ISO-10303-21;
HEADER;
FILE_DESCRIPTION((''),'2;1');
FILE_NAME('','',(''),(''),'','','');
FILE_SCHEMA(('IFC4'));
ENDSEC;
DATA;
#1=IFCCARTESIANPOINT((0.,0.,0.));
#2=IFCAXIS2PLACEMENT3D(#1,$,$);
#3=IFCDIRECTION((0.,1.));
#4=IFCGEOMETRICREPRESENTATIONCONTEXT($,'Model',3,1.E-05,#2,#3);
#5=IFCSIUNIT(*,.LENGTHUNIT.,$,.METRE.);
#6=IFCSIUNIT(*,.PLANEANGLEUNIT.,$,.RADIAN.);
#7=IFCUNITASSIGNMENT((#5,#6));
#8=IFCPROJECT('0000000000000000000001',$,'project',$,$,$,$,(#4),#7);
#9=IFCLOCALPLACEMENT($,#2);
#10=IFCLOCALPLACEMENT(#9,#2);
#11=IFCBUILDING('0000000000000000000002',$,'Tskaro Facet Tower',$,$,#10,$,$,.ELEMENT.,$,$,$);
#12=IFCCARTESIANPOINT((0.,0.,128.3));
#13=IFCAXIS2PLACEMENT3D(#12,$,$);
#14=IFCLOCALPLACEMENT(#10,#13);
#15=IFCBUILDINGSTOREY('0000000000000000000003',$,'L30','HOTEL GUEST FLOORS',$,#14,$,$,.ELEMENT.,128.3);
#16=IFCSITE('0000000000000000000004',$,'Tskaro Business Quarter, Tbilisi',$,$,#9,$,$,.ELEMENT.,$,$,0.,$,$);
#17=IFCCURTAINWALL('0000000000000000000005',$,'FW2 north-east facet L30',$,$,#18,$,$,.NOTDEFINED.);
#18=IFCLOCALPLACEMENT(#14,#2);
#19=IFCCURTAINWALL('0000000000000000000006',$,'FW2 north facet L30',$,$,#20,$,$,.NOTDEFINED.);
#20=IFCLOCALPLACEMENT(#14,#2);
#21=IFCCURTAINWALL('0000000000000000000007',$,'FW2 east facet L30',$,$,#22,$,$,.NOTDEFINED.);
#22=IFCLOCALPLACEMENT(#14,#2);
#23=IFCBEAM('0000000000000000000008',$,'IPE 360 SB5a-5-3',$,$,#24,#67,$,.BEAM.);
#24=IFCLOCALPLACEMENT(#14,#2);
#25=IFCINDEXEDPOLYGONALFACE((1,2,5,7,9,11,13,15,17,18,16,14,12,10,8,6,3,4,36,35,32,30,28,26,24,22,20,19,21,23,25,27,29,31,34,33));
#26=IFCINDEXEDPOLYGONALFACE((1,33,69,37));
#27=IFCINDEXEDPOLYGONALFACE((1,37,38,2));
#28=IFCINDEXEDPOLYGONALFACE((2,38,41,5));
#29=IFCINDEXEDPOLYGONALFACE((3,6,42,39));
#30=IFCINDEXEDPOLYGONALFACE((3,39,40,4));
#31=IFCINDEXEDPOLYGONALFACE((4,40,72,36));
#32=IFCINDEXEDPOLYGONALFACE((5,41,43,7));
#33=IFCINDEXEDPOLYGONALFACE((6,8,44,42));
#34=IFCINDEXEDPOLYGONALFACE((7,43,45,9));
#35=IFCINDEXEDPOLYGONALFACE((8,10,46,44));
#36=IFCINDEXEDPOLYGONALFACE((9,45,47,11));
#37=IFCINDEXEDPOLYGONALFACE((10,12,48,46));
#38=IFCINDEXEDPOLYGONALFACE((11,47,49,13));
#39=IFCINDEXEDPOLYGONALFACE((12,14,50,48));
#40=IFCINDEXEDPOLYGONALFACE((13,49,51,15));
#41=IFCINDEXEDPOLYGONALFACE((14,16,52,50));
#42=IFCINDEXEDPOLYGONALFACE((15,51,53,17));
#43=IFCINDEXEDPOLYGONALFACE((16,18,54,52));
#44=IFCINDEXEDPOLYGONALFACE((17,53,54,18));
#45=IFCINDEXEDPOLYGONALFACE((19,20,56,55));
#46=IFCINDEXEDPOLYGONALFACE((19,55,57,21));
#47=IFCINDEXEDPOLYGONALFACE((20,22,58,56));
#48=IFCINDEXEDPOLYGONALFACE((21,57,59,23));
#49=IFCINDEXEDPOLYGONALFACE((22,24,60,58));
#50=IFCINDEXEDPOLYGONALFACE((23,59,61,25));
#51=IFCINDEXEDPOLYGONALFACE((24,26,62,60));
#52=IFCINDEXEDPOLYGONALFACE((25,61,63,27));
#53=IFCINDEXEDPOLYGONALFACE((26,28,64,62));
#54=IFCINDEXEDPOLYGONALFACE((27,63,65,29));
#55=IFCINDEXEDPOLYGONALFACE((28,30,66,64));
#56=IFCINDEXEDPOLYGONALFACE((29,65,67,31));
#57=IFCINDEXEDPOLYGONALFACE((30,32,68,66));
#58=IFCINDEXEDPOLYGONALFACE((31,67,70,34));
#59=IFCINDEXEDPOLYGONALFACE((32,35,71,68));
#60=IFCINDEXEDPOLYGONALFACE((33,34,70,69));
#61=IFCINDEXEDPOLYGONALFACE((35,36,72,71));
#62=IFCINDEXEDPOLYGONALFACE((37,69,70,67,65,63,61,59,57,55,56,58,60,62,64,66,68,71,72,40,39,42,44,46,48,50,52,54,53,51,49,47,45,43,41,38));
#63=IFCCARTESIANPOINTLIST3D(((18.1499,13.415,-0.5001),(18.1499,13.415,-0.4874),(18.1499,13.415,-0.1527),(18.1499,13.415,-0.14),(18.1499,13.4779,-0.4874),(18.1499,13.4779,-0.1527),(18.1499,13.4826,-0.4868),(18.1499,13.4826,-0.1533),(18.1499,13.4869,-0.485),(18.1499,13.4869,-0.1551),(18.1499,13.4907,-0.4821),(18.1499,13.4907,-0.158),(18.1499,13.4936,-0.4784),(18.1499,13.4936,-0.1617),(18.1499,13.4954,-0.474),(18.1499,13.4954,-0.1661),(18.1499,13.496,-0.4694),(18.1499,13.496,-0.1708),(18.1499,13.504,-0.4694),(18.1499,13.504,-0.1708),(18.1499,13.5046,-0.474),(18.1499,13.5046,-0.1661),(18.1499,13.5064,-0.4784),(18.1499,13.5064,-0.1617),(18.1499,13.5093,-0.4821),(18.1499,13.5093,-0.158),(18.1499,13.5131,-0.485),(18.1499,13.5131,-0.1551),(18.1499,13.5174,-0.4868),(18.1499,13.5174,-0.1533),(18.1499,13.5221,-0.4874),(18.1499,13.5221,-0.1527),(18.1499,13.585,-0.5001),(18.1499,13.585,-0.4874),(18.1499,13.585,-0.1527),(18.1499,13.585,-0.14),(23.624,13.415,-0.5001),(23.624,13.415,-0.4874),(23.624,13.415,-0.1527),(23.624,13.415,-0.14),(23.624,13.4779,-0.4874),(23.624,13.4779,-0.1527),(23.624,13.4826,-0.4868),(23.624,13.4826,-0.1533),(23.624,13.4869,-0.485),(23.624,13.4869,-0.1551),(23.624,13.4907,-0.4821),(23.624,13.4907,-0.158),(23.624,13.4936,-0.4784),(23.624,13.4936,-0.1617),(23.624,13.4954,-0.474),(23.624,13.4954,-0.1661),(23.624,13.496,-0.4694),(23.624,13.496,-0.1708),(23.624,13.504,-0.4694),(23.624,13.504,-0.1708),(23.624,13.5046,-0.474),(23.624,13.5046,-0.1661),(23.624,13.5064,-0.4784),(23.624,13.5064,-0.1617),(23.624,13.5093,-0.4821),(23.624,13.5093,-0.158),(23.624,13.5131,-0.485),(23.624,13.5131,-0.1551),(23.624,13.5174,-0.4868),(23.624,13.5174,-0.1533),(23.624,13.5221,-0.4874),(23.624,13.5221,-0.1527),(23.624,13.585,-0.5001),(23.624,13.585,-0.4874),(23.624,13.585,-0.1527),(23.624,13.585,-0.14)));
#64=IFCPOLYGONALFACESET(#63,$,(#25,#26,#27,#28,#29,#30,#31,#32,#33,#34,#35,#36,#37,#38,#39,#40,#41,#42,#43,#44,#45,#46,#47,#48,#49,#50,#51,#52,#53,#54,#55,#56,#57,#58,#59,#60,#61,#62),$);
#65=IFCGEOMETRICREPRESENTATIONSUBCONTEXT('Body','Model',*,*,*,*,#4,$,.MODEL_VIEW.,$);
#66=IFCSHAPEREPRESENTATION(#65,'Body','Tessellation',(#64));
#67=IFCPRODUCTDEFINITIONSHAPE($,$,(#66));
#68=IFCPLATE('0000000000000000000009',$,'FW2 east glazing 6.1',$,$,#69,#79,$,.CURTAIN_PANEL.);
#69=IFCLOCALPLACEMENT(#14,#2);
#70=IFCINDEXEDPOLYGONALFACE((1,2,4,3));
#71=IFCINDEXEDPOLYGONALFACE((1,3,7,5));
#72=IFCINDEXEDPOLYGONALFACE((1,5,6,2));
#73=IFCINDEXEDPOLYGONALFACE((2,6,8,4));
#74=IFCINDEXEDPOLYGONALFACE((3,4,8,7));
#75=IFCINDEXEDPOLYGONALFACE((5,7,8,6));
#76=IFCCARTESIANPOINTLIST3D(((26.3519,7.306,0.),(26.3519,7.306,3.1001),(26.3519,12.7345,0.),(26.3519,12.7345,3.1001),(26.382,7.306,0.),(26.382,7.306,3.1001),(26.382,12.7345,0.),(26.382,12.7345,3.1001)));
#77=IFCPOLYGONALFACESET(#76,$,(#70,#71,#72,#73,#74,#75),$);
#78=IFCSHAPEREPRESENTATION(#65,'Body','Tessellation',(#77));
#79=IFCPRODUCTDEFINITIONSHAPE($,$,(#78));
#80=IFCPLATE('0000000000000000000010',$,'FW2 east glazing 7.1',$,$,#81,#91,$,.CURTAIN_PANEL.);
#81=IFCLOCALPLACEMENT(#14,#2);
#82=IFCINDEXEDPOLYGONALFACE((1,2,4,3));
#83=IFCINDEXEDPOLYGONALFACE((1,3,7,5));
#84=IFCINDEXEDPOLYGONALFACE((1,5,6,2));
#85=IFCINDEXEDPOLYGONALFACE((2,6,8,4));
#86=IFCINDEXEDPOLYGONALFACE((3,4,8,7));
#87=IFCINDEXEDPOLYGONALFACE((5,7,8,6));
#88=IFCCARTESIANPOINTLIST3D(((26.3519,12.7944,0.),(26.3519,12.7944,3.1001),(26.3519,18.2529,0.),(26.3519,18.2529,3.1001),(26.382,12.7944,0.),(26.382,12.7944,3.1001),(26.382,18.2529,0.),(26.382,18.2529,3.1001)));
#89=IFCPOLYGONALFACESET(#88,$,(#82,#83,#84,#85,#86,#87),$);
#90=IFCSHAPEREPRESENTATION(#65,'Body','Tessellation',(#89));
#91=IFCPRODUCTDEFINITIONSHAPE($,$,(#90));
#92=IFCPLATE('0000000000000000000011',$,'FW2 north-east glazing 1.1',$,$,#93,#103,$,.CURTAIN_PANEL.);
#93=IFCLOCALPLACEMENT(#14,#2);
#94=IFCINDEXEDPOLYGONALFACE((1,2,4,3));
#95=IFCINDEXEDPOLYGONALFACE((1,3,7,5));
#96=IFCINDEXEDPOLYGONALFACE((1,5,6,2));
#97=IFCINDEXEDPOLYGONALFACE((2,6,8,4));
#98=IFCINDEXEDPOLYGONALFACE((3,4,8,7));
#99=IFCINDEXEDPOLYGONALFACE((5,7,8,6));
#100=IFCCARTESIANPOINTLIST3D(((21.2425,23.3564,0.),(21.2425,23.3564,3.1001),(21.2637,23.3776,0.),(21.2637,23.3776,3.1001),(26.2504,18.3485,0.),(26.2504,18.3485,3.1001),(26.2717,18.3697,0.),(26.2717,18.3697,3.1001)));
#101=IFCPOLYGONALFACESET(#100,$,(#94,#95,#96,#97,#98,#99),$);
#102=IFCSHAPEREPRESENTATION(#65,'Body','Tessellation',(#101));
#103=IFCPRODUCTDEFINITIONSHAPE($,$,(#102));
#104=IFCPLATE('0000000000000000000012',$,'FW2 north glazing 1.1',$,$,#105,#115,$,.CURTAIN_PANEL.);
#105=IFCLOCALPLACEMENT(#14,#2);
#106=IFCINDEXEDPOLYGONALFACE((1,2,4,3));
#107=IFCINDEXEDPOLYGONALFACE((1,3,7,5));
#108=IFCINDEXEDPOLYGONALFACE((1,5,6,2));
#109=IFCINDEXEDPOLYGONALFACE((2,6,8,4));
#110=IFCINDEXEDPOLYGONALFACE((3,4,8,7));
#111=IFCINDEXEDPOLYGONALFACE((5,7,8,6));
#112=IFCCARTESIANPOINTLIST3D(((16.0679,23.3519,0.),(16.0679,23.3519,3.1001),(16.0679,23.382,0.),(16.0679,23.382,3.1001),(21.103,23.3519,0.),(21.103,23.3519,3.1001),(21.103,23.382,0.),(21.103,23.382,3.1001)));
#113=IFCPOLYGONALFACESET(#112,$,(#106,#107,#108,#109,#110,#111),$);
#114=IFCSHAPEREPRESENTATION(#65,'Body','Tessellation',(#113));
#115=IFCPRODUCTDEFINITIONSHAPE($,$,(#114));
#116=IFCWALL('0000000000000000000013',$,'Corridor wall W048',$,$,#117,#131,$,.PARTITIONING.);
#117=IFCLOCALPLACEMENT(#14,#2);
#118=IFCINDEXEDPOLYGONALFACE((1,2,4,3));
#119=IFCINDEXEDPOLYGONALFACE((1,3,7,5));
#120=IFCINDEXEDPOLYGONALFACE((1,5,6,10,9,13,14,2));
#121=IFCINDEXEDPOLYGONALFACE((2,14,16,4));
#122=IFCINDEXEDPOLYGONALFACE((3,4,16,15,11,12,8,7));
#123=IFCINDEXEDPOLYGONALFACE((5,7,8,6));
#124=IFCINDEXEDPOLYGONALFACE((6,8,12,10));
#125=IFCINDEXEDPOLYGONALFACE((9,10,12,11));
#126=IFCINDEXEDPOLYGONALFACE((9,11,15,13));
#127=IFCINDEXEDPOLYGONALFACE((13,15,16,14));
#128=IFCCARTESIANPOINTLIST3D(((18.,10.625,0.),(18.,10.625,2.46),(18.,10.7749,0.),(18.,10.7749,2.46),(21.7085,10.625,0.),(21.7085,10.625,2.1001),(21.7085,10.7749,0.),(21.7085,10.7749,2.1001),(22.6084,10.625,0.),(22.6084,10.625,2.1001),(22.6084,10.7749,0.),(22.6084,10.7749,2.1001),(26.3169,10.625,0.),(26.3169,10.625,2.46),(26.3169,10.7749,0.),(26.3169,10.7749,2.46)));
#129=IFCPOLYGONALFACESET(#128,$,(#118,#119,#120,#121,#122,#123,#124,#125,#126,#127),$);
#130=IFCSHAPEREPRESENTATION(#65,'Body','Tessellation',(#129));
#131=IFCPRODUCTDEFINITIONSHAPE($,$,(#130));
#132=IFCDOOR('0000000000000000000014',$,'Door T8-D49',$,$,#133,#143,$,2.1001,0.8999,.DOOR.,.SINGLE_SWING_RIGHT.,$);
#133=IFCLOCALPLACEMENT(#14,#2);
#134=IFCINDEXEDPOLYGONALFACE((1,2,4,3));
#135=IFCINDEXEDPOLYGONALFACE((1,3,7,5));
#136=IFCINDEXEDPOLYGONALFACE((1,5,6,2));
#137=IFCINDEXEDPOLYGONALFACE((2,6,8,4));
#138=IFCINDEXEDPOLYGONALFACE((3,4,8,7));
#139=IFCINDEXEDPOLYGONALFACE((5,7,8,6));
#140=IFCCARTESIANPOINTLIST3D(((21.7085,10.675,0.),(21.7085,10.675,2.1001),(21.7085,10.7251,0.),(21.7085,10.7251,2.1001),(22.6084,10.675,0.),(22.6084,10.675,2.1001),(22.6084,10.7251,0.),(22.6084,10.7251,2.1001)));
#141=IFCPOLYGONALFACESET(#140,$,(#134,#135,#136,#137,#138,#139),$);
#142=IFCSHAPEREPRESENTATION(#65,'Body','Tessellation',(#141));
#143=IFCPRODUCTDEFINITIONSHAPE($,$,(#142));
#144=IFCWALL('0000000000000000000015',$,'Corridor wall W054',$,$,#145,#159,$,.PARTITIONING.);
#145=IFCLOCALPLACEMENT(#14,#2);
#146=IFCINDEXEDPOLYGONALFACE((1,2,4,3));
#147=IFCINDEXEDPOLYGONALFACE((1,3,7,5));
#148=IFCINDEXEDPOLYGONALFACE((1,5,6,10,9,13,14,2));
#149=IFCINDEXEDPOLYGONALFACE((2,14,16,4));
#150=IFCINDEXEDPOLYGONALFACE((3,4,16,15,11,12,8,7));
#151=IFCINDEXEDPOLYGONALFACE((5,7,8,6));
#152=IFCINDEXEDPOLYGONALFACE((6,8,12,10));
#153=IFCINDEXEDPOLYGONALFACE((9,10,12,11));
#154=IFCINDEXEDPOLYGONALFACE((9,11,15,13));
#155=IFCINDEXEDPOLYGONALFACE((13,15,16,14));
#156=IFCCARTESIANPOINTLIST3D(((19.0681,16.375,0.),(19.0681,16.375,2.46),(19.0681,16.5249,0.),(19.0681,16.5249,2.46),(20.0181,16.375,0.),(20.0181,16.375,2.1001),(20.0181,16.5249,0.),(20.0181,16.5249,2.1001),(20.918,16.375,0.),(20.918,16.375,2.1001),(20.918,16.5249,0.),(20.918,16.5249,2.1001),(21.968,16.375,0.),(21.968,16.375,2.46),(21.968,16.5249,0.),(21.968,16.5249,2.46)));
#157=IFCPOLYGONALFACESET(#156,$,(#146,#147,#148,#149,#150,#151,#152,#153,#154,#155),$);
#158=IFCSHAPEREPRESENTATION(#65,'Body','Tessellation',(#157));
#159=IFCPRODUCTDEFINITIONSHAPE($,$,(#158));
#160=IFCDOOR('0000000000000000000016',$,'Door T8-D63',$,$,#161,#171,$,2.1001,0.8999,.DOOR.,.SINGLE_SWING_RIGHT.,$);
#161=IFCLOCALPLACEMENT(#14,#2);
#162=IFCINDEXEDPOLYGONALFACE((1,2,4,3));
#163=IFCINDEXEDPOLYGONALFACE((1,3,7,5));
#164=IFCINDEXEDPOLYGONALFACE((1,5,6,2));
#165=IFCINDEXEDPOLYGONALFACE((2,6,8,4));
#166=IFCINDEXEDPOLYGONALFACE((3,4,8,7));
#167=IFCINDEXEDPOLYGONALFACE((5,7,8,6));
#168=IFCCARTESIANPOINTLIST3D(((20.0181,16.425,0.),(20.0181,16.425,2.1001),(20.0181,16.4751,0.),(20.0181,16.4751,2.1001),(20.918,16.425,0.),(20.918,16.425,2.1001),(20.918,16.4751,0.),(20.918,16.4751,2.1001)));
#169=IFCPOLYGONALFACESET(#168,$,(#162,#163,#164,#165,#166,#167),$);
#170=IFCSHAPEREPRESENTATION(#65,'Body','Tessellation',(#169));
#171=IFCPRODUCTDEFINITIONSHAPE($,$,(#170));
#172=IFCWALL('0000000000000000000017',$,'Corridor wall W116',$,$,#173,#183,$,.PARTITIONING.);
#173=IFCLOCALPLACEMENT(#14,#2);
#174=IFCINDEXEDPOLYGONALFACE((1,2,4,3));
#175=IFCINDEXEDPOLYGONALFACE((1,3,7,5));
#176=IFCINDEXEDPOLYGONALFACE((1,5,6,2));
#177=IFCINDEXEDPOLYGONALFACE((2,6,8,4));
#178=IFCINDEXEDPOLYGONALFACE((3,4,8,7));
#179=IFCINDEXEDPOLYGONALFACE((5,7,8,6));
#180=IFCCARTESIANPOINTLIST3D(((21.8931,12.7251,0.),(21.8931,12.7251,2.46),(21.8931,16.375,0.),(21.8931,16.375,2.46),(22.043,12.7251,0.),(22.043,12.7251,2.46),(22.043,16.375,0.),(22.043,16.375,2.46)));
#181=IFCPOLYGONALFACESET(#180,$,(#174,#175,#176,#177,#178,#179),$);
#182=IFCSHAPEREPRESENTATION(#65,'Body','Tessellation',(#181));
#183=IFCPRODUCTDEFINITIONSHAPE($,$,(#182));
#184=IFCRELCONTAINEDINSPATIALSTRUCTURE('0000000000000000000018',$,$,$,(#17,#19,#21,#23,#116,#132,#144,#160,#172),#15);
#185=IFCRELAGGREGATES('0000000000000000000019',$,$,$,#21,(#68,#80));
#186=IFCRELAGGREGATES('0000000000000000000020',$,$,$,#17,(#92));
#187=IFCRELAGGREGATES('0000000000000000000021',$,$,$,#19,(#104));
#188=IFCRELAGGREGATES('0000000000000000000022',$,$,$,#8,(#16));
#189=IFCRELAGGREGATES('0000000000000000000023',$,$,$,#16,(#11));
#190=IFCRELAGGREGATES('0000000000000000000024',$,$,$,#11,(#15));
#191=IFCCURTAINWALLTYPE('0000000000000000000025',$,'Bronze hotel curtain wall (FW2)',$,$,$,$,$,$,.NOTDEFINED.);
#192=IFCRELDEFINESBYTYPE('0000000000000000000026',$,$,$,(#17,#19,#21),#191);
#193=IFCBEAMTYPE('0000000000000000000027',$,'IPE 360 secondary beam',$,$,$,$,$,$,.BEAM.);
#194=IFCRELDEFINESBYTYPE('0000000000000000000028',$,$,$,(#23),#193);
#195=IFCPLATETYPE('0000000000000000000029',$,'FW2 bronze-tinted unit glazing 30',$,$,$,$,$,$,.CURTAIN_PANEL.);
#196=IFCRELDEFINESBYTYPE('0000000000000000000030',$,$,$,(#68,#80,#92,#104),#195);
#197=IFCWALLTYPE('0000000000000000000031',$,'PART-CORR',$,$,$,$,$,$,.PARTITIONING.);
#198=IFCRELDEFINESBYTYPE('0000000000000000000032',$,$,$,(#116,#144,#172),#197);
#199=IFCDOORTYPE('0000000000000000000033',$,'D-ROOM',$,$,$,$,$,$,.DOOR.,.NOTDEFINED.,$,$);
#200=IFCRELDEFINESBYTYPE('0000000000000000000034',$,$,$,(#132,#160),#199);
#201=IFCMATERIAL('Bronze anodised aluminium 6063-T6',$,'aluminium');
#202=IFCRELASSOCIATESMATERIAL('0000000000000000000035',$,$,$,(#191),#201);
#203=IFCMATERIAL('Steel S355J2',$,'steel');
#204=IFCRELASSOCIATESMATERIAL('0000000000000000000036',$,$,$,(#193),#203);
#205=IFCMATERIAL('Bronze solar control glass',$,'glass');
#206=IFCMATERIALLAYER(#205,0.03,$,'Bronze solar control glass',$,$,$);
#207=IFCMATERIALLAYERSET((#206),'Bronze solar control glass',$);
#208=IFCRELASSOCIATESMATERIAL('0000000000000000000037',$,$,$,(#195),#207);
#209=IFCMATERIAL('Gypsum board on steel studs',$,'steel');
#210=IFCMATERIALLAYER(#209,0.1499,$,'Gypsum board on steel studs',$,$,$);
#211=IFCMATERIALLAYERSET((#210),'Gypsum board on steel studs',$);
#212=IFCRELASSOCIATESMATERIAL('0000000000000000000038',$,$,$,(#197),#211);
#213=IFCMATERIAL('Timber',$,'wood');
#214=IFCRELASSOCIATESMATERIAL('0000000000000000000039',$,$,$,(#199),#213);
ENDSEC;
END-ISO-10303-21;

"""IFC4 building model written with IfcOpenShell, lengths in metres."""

from ifc_helpers import new_model, si_unit, direction, frame, frame_2d, origin, origin_2d, place, context, subcontext, project, spatial, rectangle, i_section, extrude, material, layer, layer_set, material_profile, profile_set, type_object, element, fill, aggregate, save


model = new_model("IFC4")

# Units and contexts
model_context = context("Model", 3, precision=1e-05, world=origin(), true_north=direction((0.0, 1.0)))
body_context = subcontext(model_context, "Body", "Model", "MODEL_VIEW")
ifc_project = project(units=[si_unit("LENGTHUNIT", "METRE"), si_unit("PLANEANGLEUNIT", "RADIAN")], contexts=[model_context])

# Site, building, storey
site_placement = place(None, origin())
site = spatial("IfcSite", under=ifc_project, at=site_placement, Name="Tskaro Business Quarter, Tbilisi", CompositionType="ELEMENT", RefElevation=0.0)
building_placement = place(site_placement, origin())
building = spatial("IfcBuilding", under=site, at=building_placement, Name="Tskaro Facet Tower", CompositionType="ELEMENT")
storey_placement = place(building_placement, frame((0.0, 0.0, 128.3)))
storey = spatial("IfcBuildingStorey", under=building, at=storey_placement, Name="L30", Description="HOTEL GUEST FLOORS", CompositionType="ELEMENT", Elevation=128.3)

# Curtain walls
ifc_material_1 = material(Name="Bronze anodised aluminium 6063-T6", Category="aluminium")
curtain_wall_type = type_object("IfcCurtainWallType", Name="Bronze hotel curtain wall (FW2)", PredefinedType="NOTDEFINED", material=ifc_material_1)
curtain_wall_1_placement = place(storey_placement, origin())
curtain_wall_1 = element("IfcCurtainWall", 1, at=curtain_wall_1_placement, inside=storey, type_object=curtain_wall_type, Name="FW2 north-east facet L30", PredefinedType="NOTDEFINED")
curtain_wall_2_placement = place(storey_placement, origin())
curtain_wall_2 = element("IfcCurtainWall", 2, at=curtain_wall_2_placement, inside=storey, type_object=curtain_wall_type, Name="FW2 north facet L30", PredefinedType="NOTDEFINED")

# Curtain wall
curtain_wall_3_placement = place(storey_placement, origin())
curtain_wall_3 = element("IfcCurtainWall", 3, at=curtain_wall_3_placement, inside=storey, type_object=curtain_wall_type, Name="FW2 east facet L30", PredefinedType="NOTDEFINED")

# Beam
ifc_material_2 = material(Name="Steel S355J2", Category="steel")
ifc_material_profile_1 = material_profile(ifc_material_2, i_section(OverallWidth=0.1699, OverallDepth=0.3601, WebThickness=0.0081, FlangeThickness=0.0127, FilletRadius=0.0181, at=origin_2d()), Name="IPE 360")
ifc_profile_set_1 = profile_set([ifc_material_profile_1], Name="Steel S355J2")
beam_type_1 = type_object("IfcBeamType", Name="IPE 360 secondary beam", PredefinedType="BEAM", material=ifc_profile_set_1)
beam_1_placement = place(storey_placement, frame((18.1499, 13.5, -0.3201), z_axis=(1.0, 0.0, 0.0), x_axis=(0.0, 1.0, 0.0)))
element("IfcBeam", 4, at=beam_1_placement, inside=storey, type_object=beam_type_1, Name="IPE 360 SB5a-5-3", PredefinedType="BEAM", context=body_context, shape_type="SweptSolid", body=[
    extrude(i_section(OverallWidth=0.1699, OverallDepth=0.3601, WebThickness=0.0081, FlangeThickness=0.0127, FilletRadius=0.0181, at=origin_2d()), origin(), (0.0, 0.0, 1.0), 5.4741),
])

# Plates
ifc_material_3 = material(Name="Bronze solar control glass", Category="glass")
ifc_layer_1 = layer(ifc_material_3, 0.03, Name="Bronze solar control glass")
ifc_layer_set_1 = layer_set([ifc_layer_1], Name="Bronze solar control glass")
plate_type = type_object("IfcPlateType", Name="FW2 bronze-tinted unit glazing 30", PredefinedType="CURTAIN_PANEL", material=ifc_layer_set_1)
plate_1_placement = place(storey_placement, frame((26.3669, 10.0203, 0.0), z_axis=(0.0, 0.0, 1.0), x_axis=(0.0, 1.0, 0.0)))
plate_1 = element("IfcPlate", 5, at=plate_1_placement, type_object=plate_type, Name="FW2 east glazing 6.1", PredefinedType="CURTAIN_PANEL", context=body_context, shape_type="SweptSolid", body=[
    extrude(rectangle(XDim=5.4285, YDim=0.03, at=origin_2d()), origin(), (0.0, 0.0, 1.0), 3.1001),
])
plate_2_placement = place(storey_placement, frame((26.3669, 15.5237, 0.0), z_axis=(0.0, 0.0, 1.0), x_axis=(0.0, 1.0, 0.0)))
plate_2 = element("IfcPlate", 6, at=plate_2_placement, type_object=plate_type, Name="FW2 east glazing 7.1", PredefinedType="CURTAIN_PANEL", context=body_context, shape_type="SweptSolid", body=[
    extrude(rectangle(XDim=5.4585, YDim=0.03, at=origin_2d()), origin(), (0.0, 0.0, 1.0), 3.1001),
])
aggregate(curtain_wall_3, [plate_1, plate_2])
plate_3_placement = place(storey_placement, frame((23.7571, 20.863, 0.0), z_axis=(0.0, 0.0, 1.0), x_axis=(-0.707107, 0.707107, 0.0)))
plate_3 = element("IfcPlate", 7, at=plate_3_placement, type_object=plate_type, Name="FW2 north-east glazing 1.1", PredefinedType="CURTAIN_PANEL", context=body_context, shape_type="SweptSolid", body=[
    extrude(rectangle(XDim=7.0823, YDim=0.03, at=origin_2d()), origin(), (0.0, 0.0, 1.0), 3.1001),
])
aggregate(curtain_wall_1, [plate_3])
plate_4_placement = place(storey_placement, frame((18.5854, 23.3669, 0.0), z_axis=(0.0, 0.0, 1.0), x_axis=(-1.0, 0.0, 0.0)))
plate_4 = element("IfcPlate", 8, at=plate_4_placement, type_object=plate_type, Name="FW2 north glazing 1.1", PredefinedType="CURTAIN_PANEL", context=body_context, shape_type="SweptSolid", body=[
    extrude(rectangle(XDim=5.0352, YDim=0.03, at=origin_2d()), origin(), (0.0, 0.0, 1.0), 3.1001),
])
aggregate(curtain_wall_2, [plate_4])

# Walls, openings, doors
ifc_material_4 = material(Name="Gypsum board on steel studs", Category="steel")
ifc_layer_2 = layer(ifc_material_4, 0.1499, Name="Gypsum board on steel studs")
ifc_layer_set_2 = layer_set([ifc_layer_2], Name="Gypsum board on steel studs")
wall_type_1 = type_object("IfcWallType", Name="PART-CORR", PredefinedType="PARTITIONING", material=ifc_layer_set_2)
wall_1_placement = place(storey_placement, frame((26.3169, 10.7, 0.0), z_axis=(0.0, 0.0, 1.0), x_axis=(-1.0, 0.0, 0.0)))
wall_1 = element("IfcWall", 9, at=wall_1_placement, inside=storey, type_object=wall_type_1, Name="Corridor wall W048", PredefinedType="PARTITIONING", context=body_context, shape_type="SweptSolid", body=[
    extrude(rectangle(XDim=8.3169, YDim=0.1499, at=frame_2d((4.1584, 0.0))), origin(), (0.0, 0.0, 1.0), 2.46),
])
opening_1_placement = place(wall_1_placement, frame((3.7085, 0.0, 0.0)))
opening_1 = element("IfcOpeningElement", 10, at=opening_1_placement, cuts=wall_1, PredefinedType="OPENING", context=body_context, shape_type="SweptSolid", body=[
    extrude(rectangle(XDim=0.8999, YDim=2.1001, at=frame_2d((0.45, 1.05))), frame((0.0, 0.085, 0.0), z_axis=(0.0, -1.0, 0.0), x_axis=(1.0, 0.0, 0.0)), (0.0, 0.0, 1.0), 0.1699),
])
ifc_material_5 = material(Name="Timber", Category="wood")
door_type = type_object("IfcDoorType", Name="D-ROOM", OperationType="NOTDEFINED", PredefinedType="DOOR", material=ifc_material_5)
door_1_placement = place(opening_1_placement, origin())
door_1 = element("IfcDoor", 11, at=door_1_placement, inside=storey, type_object=door_type, Name="Door T8-D49", OperationType="SINGLE_SWING_RIGHT", OverallHeight=2.1001, OverallWidth=0.8999, PredefinedType="DOOR", context=body_context, shape_type="SweptSolid", body=[
    extrude(rectangle(XDim=0.8999, YDim=2.1001, at=frame_2d((0.45, 1.05))), frame((0.0, 0.0249, 0.0), z_axis=(0.0, -1.0, 0.0), x_axis=(1.0, 0.0, 0.0)), (0.0, 0.0, 1.0), 0.05),
])
fill(opening_1, door_1)
wall_2_placement = place(storey_placement, frame((21.968, 16.45, 0.0), z_axis=(0.0, 0.0, 1.0), x_axis=(-1.0, 0.0, 0.0)))
wall_2 = element("IfcWall", 12, at=wall_2_placement, inside=storey, type_object=wall_type_1, Name="Corridor wall W054", PredefinedType="PARTITIONING", context=body_context, shape_type="SweptSolid", body=[
    extrude(rectangle(XDim=2.8999, YDim=0.1499, at=frame_2d((1.45, 0.0))), origin(), (0.0, 0.0, 1.0), 2.46),
])
opening_2_placement = place(wall_2_placement, frame((1.05, 0.0, 0.0)))
opening_2 = element("IfcOpeningElement", 13, at=opening_2_placement, cuts=wall_2, PredefinedType="OPENING", context=body_context, shape_type="SweptSolid", body=[
    extrude(rectangle(XDim=0.8999, YDim=2.1001, at=frame_2d((0.45, 1.05))), frame((0.0, 0.085, 0.0), z_axis=(0.0, -1.0, 0.0), x_axis=(1.0, 0.0, 0.0)), (0.0, 0.0, 1.0), 0.1699),
])
door_2_placement = place(opening_2_placement, origin())
door_2 = element("IfcDoor", 14, at=door_2_placement, inside=storey, type_object=door_type, Name="Door T8-D63", OperationType="SINGLE_SWING_RIGHT", OverallHeight=2.1001, OverallWidth=0.8999, PredefinedType="DOOR", context=body_context, shape_type="SweptSolid", body=[
    extrude(rectangle(XDim=0.8999, YDim=2.1001, at=frame_2d((0.45, 1.05))), frame((0.0, 0.0249, 0.0), z_axis=(0.0, -1.0, 0.0), x_axis=(1.0, 0.0, 0.0)), (0.0, 0.0, 1.0), 0.05),
])
fill(opening_2, door_2)

# Wall
wall_3_placement = place(storey_placement, frame((21.968, 12.7251, 0.0), z_axis=(0.0, 0.0, 1.0), x_axis=(0.0, 1.0, 0.0)))
element("IfcWall", 15, at=wall_3_placement, inside=storey, type_object=wall_type_1, Name="Corridor wall W116", PredefinedType="PARTITIONING", context=body_context, shape_type="SweptSolid", body=[
    extrude(rectangle(XDim=3.6499, YDim=0.1499, at=frame_2d((1.825, 0.0))), origin(), (0.0, 0.0, 1.0), 2.46),
])

save(model, "model.ifc")
